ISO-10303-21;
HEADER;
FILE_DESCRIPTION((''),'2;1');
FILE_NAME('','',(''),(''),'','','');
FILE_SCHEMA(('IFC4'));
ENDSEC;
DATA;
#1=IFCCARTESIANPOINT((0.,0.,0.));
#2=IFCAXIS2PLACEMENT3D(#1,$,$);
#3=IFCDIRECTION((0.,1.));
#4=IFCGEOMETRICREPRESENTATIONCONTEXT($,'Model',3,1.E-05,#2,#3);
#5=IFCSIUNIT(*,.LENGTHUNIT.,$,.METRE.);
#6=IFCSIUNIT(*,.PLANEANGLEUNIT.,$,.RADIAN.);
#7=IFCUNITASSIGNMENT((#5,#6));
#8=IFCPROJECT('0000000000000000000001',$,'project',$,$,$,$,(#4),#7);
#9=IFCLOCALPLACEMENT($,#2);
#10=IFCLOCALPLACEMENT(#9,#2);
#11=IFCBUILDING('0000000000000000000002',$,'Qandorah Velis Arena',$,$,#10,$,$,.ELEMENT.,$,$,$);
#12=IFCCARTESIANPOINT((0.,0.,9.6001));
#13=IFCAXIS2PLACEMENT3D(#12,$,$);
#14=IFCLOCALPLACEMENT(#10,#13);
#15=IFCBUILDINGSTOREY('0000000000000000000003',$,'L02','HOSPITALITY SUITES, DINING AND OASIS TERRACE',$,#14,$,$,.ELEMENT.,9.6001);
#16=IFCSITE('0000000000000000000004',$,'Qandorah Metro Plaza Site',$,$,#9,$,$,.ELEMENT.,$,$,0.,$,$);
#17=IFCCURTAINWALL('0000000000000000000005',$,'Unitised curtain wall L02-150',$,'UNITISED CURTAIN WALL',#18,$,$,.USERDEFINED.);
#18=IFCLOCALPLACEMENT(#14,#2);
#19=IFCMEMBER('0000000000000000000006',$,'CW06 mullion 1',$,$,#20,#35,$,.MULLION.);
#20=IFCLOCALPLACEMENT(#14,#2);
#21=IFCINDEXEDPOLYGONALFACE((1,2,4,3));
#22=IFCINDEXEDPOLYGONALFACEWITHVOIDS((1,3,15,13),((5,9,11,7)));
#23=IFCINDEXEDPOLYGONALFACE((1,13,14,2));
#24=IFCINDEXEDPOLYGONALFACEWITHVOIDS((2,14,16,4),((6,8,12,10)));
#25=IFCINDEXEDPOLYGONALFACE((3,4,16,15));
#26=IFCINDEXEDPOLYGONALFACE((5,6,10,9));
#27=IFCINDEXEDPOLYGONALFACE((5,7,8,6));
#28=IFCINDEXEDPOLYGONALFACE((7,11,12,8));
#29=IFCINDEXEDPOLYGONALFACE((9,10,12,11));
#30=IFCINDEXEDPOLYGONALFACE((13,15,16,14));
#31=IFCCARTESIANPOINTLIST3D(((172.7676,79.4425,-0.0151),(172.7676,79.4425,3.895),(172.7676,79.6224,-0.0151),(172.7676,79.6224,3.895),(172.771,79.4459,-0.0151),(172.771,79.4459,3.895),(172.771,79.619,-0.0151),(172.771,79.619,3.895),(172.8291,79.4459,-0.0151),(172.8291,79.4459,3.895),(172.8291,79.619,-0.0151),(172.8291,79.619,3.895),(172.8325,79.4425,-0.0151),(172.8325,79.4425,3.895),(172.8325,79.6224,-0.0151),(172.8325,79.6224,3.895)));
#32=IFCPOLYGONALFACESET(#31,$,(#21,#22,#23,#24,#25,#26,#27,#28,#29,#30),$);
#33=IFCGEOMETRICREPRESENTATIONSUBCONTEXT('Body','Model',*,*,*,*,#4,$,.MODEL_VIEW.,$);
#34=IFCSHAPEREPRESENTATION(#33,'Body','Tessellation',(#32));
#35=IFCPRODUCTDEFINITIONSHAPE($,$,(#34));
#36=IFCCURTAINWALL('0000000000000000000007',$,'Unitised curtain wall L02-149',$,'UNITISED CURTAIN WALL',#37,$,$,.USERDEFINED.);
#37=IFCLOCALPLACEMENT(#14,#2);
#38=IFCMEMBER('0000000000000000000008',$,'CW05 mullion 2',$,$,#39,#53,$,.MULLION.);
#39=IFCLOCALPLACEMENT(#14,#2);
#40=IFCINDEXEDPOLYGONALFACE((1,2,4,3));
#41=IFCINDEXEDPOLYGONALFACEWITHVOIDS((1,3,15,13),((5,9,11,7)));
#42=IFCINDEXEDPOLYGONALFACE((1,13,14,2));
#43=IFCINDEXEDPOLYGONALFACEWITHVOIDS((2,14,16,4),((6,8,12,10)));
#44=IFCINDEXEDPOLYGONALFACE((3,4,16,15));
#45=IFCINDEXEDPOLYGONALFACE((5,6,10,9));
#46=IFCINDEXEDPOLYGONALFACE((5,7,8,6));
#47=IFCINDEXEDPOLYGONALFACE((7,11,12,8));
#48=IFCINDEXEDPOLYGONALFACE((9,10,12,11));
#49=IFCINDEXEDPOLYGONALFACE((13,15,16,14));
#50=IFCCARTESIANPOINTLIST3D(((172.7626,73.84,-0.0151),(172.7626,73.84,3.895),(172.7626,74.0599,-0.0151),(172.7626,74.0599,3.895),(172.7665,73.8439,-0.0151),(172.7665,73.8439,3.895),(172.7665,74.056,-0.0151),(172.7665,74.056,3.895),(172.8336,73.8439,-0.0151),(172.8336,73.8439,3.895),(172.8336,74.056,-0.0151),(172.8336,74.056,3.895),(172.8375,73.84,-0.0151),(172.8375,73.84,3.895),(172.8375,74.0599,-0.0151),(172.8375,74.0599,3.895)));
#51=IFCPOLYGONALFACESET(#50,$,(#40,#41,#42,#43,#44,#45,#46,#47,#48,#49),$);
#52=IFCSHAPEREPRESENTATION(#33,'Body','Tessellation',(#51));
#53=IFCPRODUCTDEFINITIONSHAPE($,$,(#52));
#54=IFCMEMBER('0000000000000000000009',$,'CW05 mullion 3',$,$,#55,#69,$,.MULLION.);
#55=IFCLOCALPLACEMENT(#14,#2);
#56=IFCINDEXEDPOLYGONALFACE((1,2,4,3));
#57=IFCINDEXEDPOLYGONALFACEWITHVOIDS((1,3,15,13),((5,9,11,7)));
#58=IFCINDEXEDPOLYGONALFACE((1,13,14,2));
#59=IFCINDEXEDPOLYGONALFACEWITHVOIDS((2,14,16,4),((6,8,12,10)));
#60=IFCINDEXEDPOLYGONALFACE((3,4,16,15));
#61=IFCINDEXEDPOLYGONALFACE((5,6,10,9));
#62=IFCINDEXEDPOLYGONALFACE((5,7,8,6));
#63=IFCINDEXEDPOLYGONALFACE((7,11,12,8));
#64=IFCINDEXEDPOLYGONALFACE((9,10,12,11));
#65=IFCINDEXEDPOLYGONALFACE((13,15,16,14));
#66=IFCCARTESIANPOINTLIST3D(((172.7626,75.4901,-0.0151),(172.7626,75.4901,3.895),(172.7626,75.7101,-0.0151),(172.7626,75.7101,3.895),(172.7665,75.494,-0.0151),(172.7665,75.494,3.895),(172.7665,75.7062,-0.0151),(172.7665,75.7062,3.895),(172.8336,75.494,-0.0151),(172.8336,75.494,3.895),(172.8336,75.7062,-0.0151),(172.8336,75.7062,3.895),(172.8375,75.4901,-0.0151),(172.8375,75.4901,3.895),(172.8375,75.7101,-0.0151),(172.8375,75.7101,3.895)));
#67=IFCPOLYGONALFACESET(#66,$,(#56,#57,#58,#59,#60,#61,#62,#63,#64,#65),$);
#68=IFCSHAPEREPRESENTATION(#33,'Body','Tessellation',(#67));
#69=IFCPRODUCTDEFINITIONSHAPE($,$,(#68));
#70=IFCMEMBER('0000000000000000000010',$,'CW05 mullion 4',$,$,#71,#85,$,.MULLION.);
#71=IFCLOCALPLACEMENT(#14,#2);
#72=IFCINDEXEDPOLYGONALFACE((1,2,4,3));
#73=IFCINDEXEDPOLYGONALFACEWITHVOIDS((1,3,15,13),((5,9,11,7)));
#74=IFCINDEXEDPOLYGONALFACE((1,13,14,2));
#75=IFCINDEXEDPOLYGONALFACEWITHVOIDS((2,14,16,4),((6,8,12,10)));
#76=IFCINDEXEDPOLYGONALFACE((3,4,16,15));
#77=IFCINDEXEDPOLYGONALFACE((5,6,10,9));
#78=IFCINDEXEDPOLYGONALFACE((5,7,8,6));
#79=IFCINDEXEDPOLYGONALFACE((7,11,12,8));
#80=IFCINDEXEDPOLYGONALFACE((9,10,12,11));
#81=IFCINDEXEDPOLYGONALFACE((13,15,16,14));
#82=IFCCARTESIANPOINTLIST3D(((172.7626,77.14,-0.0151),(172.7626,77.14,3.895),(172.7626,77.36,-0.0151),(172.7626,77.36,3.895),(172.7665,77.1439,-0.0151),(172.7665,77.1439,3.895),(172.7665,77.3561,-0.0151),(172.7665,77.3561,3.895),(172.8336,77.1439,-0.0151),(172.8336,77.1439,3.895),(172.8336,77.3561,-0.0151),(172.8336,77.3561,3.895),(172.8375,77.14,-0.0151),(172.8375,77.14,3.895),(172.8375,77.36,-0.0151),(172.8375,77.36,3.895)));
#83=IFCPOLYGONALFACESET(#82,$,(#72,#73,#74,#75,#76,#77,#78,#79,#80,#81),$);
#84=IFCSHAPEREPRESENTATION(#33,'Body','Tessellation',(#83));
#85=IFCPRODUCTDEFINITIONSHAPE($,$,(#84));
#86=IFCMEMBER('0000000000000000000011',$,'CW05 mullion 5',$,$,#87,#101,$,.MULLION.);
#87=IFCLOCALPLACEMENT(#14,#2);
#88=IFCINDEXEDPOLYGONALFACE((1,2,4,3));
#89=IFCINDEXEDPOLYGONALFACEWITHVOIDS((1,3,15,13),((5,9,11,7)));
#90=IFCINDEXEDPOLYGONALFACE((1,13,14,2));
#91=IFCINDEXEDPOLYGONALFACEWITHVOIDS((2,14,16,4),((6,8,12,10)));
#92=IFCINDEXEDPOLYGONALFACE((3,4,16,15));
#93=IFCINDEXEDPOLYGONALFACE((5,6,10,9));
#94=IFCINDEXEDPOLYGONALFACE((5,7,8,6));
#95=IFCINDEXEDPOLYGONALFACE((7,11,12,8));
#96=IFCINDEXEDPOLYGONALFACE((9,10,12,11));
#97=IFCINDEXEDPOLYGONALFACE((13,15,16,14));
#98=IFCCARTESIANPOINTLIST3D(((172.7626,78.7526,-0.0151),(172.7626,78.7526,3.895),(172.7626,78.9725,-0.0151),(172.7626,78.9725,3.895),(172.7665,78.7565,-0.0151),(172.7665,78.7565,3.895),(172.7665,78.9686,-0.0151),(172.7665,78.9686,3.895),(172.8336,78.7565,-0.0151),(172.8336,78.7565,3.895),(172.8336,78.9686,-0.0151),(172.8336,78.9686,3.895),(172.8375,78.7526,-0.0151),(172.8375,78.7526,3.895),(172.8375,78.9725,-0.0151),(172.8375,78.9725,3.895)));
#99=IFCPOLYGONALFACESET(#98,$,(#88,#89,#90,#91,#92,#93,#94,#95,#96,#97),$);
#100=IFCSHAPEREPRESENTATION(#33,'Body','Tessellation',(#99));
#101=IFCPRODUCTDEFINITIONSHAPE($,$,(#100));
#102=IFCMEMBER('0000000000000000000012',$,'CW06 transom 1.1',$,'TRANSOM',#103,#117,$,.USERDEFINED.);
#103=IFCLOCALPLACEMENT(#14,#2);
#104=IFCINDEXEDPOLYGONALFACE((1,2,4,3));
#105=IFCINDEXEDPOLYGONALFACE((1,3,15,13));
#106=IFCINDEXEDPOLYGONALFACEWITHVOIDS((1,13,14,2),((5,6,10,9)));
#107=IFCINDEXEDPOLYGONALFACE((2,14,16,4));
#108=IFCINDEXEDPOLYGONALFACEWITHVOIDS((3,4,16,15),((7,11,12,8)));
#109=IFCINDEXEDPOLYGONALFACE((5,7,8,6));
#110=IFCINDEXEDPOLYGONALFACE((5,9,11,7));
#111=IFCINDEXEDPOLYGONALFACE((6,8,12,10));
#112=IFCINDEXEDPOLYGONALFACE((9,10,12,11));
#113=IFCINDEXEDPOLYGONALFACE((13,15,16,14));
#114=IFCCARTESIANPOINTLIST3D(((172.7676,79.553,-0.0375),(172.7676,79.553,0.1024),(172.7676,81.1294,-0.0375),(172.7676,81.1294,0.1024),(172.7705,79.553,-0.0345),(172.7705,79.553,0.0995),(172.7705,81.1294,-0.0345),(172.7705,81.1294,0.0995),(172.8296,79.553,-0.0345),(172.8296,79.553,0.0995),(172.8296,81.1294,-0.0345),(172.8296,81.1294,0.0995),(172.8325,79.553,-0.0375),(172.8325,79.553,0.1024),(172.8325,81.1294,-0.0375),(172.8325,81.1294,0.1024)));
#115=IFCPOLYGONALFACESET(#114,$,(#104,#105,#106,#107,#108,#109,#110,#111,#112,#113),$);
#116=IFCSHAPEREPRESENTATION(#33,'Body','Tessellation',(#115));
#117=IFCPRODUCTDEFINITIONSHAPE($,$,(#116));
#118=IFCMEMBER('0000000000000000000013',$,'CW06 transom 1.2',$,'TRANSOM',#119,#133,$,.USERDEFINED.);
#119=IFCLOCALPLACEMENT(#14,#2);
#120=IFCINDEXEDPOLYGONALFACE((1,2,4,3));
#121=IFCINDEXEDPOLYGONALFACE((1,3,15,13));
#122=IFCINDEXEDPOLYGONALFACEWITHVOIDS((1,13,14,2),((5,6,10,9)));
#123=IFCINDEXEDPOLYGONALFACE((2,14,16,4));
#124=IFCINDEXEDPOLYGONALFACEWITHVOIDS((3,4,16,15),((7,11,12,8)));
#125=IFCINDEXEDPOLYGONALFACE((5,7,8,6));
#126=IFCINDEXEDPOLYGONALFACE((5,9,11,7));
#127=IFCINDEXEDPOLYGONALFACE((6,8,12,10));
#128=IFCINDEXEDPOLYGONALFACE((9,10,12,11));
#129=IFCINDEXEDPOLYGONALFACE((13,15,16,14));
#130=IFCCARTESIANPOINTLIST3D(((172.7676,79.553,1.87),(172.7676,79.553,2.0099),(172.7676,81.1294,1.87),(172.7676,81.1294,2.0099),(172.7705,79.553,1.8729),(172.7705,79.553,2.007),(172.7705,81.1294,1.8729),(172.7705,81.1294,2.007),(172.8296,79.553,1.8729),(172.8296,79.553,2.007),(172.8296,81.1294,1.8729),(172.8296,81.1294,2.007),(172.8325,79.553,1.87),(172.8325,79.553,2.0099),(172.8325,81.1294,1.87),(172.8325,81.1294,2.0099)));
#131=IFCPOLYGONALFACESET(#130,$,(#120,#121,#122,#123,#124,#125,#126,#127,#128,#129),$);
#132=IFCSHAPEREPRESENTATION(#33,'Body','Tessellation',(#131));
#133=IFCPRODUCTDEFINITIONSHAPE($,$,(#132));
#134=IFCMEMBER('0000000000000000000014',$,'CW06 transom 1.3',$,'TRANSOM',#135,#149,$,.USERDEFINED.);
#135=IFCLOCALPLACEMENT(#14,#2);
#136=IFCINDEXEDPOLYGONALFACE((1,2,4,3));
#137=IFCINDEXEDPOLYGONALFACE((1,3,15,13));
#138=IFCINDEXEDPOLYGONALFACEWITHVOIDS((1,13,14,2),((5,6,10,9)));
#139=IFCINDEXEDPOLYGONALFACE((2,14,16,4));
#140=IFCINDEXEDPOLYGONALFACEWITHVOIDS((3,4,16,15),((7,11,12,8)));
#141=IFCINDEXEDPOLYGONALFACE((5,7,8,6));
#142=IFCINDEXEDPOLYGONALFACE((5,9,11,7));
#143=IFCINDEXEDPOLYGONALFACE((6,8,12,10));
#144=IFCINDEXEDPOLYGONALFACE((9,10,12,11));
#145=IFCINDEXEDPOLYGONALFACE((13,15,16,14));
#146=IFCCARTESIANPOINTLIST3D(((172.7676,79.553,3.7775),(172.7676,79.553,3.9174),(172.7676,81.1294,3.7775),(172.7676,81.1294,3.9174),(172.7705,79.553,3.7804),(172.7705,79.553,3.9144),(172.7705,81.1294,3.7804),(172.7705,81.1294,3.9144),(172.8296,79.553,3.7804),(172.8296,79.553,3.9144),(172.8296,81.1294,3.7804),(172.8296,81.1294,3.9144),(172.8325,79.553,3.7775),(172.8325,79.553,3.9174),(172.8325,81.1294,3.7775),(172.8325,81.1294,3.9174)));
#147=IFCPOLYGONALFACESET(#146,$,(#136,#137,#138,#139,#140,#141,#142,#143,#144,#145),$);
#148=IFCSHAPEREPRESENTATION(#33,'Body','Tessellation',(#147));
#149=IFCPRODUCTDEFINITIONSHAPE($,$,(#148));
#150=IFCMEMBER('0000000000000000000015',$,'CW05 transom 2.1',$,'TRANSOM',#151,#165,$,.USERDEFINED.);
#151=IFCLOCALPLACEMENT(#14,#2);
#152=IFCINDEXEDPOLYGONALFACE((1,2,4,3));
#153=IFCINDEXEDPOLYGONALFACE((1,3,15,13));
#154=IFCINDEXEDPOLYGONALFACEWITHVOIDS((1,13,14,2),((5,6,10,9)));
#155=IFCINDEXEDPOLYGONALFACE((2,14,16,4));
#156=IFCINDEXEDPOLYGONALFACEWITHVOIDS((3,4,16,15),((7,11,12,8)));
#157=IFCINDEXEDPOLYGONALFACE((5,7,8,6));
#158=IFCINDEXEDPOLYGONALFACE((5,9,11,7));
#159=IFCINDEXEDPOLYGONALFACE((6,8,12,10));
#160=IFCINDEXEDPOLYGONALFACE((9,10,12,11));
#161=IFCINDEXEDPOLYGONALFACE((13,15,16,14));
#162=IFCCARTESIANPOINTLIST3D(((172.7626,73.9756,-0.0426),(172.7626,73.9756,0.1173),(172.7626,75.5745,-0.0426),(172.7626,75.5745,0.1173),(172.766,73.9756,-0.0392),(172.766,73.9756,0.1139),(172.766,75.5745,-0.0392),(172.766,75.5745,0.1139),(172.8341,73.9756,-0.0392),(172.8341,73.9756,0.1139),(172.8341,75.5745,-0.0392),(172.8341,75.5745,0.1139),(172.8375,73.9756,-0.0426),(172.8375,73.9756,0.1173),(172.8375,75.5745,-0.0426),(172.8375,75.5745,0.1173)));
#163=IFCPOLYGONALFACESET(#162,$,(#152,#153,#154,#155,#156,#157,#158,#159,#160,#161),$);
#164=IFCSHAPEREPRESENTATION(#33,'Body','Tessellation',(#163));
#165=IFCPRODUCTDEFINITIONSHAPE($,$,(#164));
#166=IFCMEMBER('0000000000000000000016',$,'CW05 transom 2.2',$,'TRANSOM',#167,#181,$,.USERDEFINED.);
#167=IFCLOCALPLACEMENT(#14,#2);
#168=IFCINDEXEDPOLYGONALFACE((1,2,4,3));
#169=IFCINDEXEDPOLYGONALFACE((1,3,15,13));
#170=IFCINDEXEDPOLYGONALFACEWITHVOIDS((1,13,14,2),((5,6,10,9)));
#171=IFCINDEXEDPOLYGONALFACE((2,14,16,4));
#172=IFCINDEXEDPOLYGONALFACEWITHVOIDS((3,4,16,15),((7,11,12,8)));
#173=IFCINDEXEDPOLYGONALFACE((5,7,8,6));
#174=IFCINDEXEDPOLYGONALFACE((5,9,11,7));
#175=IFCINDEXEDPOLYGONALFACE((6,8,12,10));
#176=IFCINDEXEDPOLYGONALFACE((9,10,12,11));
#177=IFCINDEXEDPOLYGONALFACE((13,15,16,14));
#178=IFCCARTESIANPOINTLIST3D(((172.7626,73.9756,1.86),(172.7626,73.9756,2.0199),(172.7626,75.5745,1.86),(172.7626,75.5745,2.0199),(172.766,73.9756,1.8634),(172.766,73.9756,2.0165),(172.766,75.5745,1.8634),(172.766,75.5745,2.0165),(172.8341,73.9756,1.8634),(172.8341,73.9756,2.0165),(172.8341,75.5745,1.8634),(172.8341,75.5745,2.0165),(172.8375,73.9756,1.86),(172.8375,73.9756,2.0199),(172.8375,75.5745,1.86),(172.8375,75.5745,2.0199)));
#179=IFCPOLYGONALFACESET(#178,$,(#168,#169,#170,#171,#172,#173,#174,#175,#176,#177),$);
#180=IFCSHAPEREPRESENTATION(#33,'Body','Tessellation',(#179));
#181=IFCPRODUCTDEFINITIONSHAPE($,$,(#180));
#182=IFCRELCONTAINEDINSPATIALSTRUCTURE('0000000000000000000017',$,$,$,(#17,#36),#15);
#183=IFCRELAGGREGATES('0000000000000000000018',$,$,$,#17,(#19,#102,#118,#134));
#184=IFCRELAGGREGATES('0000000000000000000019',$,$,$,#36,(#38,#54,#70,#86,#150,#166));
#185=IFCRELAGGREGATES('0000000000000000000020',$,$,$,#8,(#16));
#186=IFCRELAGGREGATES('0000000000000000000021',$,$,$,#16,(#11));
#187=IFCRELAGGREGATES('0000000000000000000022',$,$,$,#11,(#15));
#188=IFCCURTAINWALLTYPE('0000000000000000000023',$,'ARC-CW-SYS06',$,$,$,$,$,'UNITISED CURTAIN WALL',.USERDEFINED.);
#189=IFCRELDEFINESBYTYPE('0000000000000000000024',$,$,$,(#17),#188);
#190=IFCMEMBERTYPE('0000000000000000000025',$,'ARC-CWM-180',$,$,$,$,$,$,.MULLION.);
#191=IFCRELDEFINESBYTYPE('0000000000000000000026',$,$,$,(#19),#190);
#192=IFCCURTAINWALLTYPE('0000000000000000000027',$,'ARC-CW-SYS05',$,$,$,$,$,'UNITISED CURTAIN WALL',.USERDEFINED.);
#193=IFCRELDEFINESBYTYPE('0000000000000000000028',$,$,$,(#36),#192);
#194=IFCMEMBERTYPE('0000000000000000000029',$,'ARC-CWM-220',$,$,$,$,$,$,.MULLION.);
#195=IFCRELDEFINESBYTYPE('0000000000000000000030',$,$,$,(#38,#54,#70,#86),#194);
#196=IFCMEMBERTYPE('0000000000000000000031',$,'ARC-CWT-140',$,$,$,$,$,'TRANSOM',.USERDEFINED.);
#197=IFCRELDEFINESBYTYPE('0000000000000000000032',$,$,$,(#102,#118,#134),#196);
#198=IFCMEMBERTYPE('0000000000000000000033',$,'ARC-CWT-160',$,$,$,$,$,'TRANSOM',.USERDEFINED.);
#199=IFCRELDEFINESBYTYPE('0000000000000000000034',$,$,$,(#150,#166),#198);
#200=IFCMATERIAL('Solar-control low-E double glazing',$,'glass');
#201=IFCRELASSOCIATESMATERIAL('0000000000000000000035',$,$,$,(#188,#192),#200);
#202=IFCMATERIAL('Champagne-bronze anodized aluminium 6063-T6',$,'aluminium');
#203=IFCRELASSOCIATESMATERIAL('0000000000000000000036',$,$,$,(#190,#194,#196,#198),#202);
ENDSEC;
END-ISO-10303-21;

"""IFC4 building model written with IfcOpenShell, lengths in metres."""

from ifc_helpers import new_model, si_unit, direction, frame, origin, origin_2d, place, context, subcontext, project, spatial, hollow_rectangle, extrude, material, material_profile, profile_set, type_object, element, aggregate, save


model = new_model("IFC4")

# Units and contexts
model_context = context("Model", 3, precision=1e-05, world=origin(), true_north=direction((0.0, 1.0)))
body_context = subcontext(model_context, "Body", "Model", "MODEL_VIEW")
ifc_project = project(units=[si_unit("LENGTHUNIT", "METRE"), si_unit("PLANEANGLEUNIT", "RADIAN")], contexts=[model_context])

# Site, building, storey
site_placement = place(None, origin())
site = spatial("IfcSite", under=ifc_project, at=site_placement, Name="Qandorah Metro Plaza Site", CompositionType="ELEMENT", RefElevation=0.0)
building_placement = place(site_placement, origin())
building = spatial("IfcBuilding", under=site, at=building_placement, Name="Qandorah Velis Arena", CompositionType="ELEMENT")
storey_placement = place(building_placement, frame((0.0, 0.0, 9.6001)))
storey = spatial("IfcBuildingStorey", under=building, at=storey_placement, Name="L02", Description="HOSPITALITY SUITES, DINING AND OASIS TERRACE", CompositionType="ELEMENT", Elevation=9.6001)

# Curtain wall, member
ifc_material_1 = material(Name="Solar-control low-E double glazing", Category="glass")
curtain_wall_type_1 = type_object("IfcCurtainWallType", Name="ARC-CW-SYS06", ElementType="UNITISED CURTAIN WALL", PredefinedType="USERDEFINED", material=ifc_material_1)
curtain_wall_1_placement = place(storey_placement, origin())
curtain_wall_1 = element("IfcCurtainWall", 1, at=curtain_wall_1_placement, inside=storey, type_object=curtain_wall_type_1, Name="Unitised curtain wall L02-150", ObjectType="UNITISED CURTAIN WALL", PredefinedType="USERDEFINED")
ifc_material_2 = material(Name="Champagne-bronze anodized aluminium 6063-T6", Category="aluminium")
ifc_material_profile_1 = material_profile(ifc_material_2, hollow_rectangle(XDim=0.0649, YDim=0.1799, WallThickness=0.0034, at=origin_2d()), Name="ALU MULLION 65x180")
ifc_profile_set_1 = profile_set([ifc_material_profile_1], Name="Champagne-bronze anodized aluminium 6063-T6")
member_type_1 = type_object("IfcMemberType", Name="ARC-CWM-180", PredefinedType="MULLION", material=ifc_profile_set_1)
member_1_placement = place(storey_placement, frame((172.8, 79.5325, -0.0151), z_axis=(0.0, 0.0, 1.0), x_axis=(-1.0, 0.0, 0.0)))
member_1 = element("IfcMember", 2, at=member_1_placement, type_object=member_type_1, Name="CW06 mullion 1", PredefinedType="MULLION", context=body_context, shape_type="SweptSolid", body=[
    extrude(hollow_rectangle(XDim=0.0649, YDim=0.1799, WallThickness=0.0034, at=origin_2d()), origin(), (0.0, 0.0, 1.0), 3.9102),
])

# Curtain wall, members
curtain_wall_type_2 = type_object("IfcCurtainWallType", Name="ARC-CW-SYS05", ElementType="UNITISED CURTAIN WALL", PredefinedType="USERDEFINED", material=ifc_material_1)
curtain_wall_2_placement = place(storey_placement, origin())
curtain_wall_2 = element("IfcCurtainWall", 3, at=curtain_wall_2_placement, inside=storey, type_object=curtain_wall_type_2, Name="Unitised curtain wall L02-149", ObjectType="UNITISED CURTAIN WALL", PredefinedType="USERDEFINED")
ifc_material_profile_2 = material_profile(ifc_material_2, hollow_rectangle(XDim=0.075, YDim=0.22, WallThickness=0.0039, at=origin_2d()), Name="ALU MULLION 75x220")
ifc_profile_set_2 = profile_set([ifc_material_profile_2], Name="Champagne-bronze anodized aluminium 6063-T6")
member_type_2 = type_object("IfcMemberType", Name="ARC-CWM-220", PredefinedType="MULLION", material=ifc_profile_set_2)
member_2_placement = place(storey_placement, frame((172.8, 73.95, -0.0151), z_axis=(0.0, 0.0, 1.0), x_axis=(-1.0, 0.0, 0.0)))
member_2 = element("IfcMember", 4, at=member_2_placement, type_object=member_type_2, Name="CW05 mullion 2", PredefinedType="MULLION", context=body_context, shape_type="SweptSolid", body=[
    extrude(hollow_rectangle(XDim=0.075, YDim=0.22, WallThickness=0.0039, at=origin_2d()), origin(), (0.0, 0.0, 1.0), 3.9102),
])
member_3_placement = place(storey_placement, frame((172.8, 75.6001, -0.0151), z_axis=(0.0, 0.0, 1.0), x_axis=(-1.0, 0.0, 0.0)))
member_3 = element("IfcMember", 5, at=member_3_placement, type_object=member_type_2, Name="CW05 mullion 3", PredefinedType="MULLION", context=body_context, shape_type="SweptSolid", body=[
    extrude(hollow_rectangle(XDim=0.075, YDim=0.22, WallThickness=0.0039, at=origin_2d()), origin(), (0.0, 0.0, 1.0), 3.9102),
])
member_4_placement = place(storey_placement, frame((172.8, 77.25, -0.0151), z_axis=(0.0, 0.0, 1.0), x_axis=(-1.0, 0.0, 0.0)))
member_4 = element("IfcMember", 6, at=member_4_placement, type_object=member_type_2, Name="CW05 mullion 4", PredefinedType="MULLION", context=body_context, shape_type="SweptSolid", body=[
    extrude(hollow_rectangle(XDim=0.075, YDim=0.22, WallThickness=0.0039, at=origin_2d()), origin(), (0.0, 0.0, 1.0), 3.9102),
])
member_5_placement = place(storey_placement, frame((172.8, 78.8625, -0.0151), z_axis=(0.0, 0.0, 1.0), x_axis=(-1.0, 0.0, 0.0)))
member_5 = element("IfcMember", 7, at=member_5_placement, type_object=member_type_2, Name="CW05 mullion 5", PredefinedType="MULLION", context=body_context, shape_type="SweptSolid", body=[
    extrude(hollow_rectangle(XDim=0.075, YDim=0.22, WallThickness=0.0039, at=origin_2d()), origin(), (0.0, 0.0, 1.0), 3.9102),
])

# Members
ifc_material_profile_3 = material_profile(ifc_material_2, hollow_rectangle(XDim=0.0649, YDim=0.1399, WallThickness=0.0029, at=origin_2d()), Name="ALU TRANSOM 65x140")
ifc_profile_set_3 = profile_set([ifc_material_profile_3], Name="Champagne-bronze anodized aluminium 6063-T6")
member_type_3 = type_object("IfcMemberType", Name="ARC-CWT-140", ElementType="TRANSOM", PredefinedType="USERDEFINED", material=ifc_profile_set_3)
member_6_placement = place(storey_placement, frame((172.8, 79.553, 0.0325), z_axis=(0.0, 1.0, 0.0), x_axis=(-1.0, 0.0, 0.0)))
member_6 = element("IfcMember", 8, at=member_6_placement, type_object=member_type_3, Name="CW06 transom 1.1", ObjectType="TRANSOM", PredefinedType="USERDEFINED", context=body_context, shape_type="SweptSolid", body=[
    extrude(hollow_rectangle(XDim=0.0649, YDim=0.1399, WallThickness=0.0029, at=origin_2d()), origin(), (0.0, 0.0, 1.0), 1.5764),
])
member_7_placement = place(storey_placement, frame((172.8, 79.553, 1.9399), z_axis=(0.0, 1.0, 0.0), x_axis=(-1.0, 0.0, 0.0)))
member_7 = element("IfcMember", 9, at=member_7_placement, type_object=member_type_3, Name="CW06 transom 1.2", ObjectType="TRANSOM", PredefinedType="USERDEFINED", context=body_context, shape_type="SweptSolid", body=[
    extrude(hollow_rectangle(XDim=0.0649, YDim=0.1399, WallThickness=0.0029, at=origin_2d()), origin(), (0.0, 0.0, 1.0), 1.5764),
])
member_8_placement = place(storey_placement, frame((172.8, 79.553, 3.8474), z_axis=(0.0, 1.0, 0.0), x_axis=(-1.0, 0.0, 0.0)))
member_8 = element("IfcMember", 10, at=member_8_placement, type_object=member_type_3, Name="CW06 transom 1.3", ObjectType="TRANSOM", PredefinedType="USERDEFINED", context=body_context, shape_type="SweptSolid", body=[
    extrude(hollow_rectangle(XDim=0.0649, YDim=0.1399, WallThickness=0.0029, at=origin_2d()), origin(), (0.0, 0.0, 1.0), 1.5764),
])
aggregate(curtain_wall_1, [member_1, member_6, member_7, member_8])
ifc_material_profile_4 = material_profile(ifc_material_2, hollow_rectangle(XDim=0.075, YDim=0.1599, WallThickness=0.0034, at=origin_2d()), Name="ALU TRANSOM 75x160")
ifc_profile_set_4 = profile_set([ifc_material_profile_4], Name="Champagne-bronze anodized aluminium 6063-T6")
member_type_4 = type_object("IfcMemberType", Name="ARC-CWT-160", ElementType="TRANSOM", PredefinedType="USERDEFINED", material=ifc_profile_set_4)
member_9_placement = place(storey_placement, frame((172.8, 73.9756, 0.0374), z_axis=(0.0, 1.0, 0.0), x_axis=(-1.0, 0.0, 0.0)))
member_9 = element("IfcMember", 11, at=member_9_placement, type_object=member_type_4, Name="CW05 transom 2.1", ObjectType="TRANSOM", PredefinedType="USERDEFINED", context=body_context, shape_type="SweptSolid", body=[
    extrude(hollow_rectangle(XDim=0.075, YDim=0.1599, WallThickness=0.0034, at=origin_2d()), origin(), (0.0, 0.0, 1.0), 1.5989),
])
member_10_placement = place(storey_placement, frame((172.8, 73.9756, 1.9399), z_axis=(0.0, 1.0, 0.0), x_axis=(-1.0, 0.0, 0.0)))
member_10 = element("IfcMember", 12, at=member_10_placement, type_object=member_type_4, Name="CW05 transom 2.2", ObjectType="TRANSOM", PredefinedType="USERDEFINED", context=body_context, shape_type="SweptSolid", body=[
    extrude(hollow_rectangle(XDim=0.075, YDim=0.1599, WallThickness=0.0034, at=origin_2d()), origin(), (0.0, 0.0, 1.0), 1.5989),
])

aggregate(curtain_wall_2, [member_2, member_3, member_4, member_5, member_9, member_10])

save(model, "model.ifc")
